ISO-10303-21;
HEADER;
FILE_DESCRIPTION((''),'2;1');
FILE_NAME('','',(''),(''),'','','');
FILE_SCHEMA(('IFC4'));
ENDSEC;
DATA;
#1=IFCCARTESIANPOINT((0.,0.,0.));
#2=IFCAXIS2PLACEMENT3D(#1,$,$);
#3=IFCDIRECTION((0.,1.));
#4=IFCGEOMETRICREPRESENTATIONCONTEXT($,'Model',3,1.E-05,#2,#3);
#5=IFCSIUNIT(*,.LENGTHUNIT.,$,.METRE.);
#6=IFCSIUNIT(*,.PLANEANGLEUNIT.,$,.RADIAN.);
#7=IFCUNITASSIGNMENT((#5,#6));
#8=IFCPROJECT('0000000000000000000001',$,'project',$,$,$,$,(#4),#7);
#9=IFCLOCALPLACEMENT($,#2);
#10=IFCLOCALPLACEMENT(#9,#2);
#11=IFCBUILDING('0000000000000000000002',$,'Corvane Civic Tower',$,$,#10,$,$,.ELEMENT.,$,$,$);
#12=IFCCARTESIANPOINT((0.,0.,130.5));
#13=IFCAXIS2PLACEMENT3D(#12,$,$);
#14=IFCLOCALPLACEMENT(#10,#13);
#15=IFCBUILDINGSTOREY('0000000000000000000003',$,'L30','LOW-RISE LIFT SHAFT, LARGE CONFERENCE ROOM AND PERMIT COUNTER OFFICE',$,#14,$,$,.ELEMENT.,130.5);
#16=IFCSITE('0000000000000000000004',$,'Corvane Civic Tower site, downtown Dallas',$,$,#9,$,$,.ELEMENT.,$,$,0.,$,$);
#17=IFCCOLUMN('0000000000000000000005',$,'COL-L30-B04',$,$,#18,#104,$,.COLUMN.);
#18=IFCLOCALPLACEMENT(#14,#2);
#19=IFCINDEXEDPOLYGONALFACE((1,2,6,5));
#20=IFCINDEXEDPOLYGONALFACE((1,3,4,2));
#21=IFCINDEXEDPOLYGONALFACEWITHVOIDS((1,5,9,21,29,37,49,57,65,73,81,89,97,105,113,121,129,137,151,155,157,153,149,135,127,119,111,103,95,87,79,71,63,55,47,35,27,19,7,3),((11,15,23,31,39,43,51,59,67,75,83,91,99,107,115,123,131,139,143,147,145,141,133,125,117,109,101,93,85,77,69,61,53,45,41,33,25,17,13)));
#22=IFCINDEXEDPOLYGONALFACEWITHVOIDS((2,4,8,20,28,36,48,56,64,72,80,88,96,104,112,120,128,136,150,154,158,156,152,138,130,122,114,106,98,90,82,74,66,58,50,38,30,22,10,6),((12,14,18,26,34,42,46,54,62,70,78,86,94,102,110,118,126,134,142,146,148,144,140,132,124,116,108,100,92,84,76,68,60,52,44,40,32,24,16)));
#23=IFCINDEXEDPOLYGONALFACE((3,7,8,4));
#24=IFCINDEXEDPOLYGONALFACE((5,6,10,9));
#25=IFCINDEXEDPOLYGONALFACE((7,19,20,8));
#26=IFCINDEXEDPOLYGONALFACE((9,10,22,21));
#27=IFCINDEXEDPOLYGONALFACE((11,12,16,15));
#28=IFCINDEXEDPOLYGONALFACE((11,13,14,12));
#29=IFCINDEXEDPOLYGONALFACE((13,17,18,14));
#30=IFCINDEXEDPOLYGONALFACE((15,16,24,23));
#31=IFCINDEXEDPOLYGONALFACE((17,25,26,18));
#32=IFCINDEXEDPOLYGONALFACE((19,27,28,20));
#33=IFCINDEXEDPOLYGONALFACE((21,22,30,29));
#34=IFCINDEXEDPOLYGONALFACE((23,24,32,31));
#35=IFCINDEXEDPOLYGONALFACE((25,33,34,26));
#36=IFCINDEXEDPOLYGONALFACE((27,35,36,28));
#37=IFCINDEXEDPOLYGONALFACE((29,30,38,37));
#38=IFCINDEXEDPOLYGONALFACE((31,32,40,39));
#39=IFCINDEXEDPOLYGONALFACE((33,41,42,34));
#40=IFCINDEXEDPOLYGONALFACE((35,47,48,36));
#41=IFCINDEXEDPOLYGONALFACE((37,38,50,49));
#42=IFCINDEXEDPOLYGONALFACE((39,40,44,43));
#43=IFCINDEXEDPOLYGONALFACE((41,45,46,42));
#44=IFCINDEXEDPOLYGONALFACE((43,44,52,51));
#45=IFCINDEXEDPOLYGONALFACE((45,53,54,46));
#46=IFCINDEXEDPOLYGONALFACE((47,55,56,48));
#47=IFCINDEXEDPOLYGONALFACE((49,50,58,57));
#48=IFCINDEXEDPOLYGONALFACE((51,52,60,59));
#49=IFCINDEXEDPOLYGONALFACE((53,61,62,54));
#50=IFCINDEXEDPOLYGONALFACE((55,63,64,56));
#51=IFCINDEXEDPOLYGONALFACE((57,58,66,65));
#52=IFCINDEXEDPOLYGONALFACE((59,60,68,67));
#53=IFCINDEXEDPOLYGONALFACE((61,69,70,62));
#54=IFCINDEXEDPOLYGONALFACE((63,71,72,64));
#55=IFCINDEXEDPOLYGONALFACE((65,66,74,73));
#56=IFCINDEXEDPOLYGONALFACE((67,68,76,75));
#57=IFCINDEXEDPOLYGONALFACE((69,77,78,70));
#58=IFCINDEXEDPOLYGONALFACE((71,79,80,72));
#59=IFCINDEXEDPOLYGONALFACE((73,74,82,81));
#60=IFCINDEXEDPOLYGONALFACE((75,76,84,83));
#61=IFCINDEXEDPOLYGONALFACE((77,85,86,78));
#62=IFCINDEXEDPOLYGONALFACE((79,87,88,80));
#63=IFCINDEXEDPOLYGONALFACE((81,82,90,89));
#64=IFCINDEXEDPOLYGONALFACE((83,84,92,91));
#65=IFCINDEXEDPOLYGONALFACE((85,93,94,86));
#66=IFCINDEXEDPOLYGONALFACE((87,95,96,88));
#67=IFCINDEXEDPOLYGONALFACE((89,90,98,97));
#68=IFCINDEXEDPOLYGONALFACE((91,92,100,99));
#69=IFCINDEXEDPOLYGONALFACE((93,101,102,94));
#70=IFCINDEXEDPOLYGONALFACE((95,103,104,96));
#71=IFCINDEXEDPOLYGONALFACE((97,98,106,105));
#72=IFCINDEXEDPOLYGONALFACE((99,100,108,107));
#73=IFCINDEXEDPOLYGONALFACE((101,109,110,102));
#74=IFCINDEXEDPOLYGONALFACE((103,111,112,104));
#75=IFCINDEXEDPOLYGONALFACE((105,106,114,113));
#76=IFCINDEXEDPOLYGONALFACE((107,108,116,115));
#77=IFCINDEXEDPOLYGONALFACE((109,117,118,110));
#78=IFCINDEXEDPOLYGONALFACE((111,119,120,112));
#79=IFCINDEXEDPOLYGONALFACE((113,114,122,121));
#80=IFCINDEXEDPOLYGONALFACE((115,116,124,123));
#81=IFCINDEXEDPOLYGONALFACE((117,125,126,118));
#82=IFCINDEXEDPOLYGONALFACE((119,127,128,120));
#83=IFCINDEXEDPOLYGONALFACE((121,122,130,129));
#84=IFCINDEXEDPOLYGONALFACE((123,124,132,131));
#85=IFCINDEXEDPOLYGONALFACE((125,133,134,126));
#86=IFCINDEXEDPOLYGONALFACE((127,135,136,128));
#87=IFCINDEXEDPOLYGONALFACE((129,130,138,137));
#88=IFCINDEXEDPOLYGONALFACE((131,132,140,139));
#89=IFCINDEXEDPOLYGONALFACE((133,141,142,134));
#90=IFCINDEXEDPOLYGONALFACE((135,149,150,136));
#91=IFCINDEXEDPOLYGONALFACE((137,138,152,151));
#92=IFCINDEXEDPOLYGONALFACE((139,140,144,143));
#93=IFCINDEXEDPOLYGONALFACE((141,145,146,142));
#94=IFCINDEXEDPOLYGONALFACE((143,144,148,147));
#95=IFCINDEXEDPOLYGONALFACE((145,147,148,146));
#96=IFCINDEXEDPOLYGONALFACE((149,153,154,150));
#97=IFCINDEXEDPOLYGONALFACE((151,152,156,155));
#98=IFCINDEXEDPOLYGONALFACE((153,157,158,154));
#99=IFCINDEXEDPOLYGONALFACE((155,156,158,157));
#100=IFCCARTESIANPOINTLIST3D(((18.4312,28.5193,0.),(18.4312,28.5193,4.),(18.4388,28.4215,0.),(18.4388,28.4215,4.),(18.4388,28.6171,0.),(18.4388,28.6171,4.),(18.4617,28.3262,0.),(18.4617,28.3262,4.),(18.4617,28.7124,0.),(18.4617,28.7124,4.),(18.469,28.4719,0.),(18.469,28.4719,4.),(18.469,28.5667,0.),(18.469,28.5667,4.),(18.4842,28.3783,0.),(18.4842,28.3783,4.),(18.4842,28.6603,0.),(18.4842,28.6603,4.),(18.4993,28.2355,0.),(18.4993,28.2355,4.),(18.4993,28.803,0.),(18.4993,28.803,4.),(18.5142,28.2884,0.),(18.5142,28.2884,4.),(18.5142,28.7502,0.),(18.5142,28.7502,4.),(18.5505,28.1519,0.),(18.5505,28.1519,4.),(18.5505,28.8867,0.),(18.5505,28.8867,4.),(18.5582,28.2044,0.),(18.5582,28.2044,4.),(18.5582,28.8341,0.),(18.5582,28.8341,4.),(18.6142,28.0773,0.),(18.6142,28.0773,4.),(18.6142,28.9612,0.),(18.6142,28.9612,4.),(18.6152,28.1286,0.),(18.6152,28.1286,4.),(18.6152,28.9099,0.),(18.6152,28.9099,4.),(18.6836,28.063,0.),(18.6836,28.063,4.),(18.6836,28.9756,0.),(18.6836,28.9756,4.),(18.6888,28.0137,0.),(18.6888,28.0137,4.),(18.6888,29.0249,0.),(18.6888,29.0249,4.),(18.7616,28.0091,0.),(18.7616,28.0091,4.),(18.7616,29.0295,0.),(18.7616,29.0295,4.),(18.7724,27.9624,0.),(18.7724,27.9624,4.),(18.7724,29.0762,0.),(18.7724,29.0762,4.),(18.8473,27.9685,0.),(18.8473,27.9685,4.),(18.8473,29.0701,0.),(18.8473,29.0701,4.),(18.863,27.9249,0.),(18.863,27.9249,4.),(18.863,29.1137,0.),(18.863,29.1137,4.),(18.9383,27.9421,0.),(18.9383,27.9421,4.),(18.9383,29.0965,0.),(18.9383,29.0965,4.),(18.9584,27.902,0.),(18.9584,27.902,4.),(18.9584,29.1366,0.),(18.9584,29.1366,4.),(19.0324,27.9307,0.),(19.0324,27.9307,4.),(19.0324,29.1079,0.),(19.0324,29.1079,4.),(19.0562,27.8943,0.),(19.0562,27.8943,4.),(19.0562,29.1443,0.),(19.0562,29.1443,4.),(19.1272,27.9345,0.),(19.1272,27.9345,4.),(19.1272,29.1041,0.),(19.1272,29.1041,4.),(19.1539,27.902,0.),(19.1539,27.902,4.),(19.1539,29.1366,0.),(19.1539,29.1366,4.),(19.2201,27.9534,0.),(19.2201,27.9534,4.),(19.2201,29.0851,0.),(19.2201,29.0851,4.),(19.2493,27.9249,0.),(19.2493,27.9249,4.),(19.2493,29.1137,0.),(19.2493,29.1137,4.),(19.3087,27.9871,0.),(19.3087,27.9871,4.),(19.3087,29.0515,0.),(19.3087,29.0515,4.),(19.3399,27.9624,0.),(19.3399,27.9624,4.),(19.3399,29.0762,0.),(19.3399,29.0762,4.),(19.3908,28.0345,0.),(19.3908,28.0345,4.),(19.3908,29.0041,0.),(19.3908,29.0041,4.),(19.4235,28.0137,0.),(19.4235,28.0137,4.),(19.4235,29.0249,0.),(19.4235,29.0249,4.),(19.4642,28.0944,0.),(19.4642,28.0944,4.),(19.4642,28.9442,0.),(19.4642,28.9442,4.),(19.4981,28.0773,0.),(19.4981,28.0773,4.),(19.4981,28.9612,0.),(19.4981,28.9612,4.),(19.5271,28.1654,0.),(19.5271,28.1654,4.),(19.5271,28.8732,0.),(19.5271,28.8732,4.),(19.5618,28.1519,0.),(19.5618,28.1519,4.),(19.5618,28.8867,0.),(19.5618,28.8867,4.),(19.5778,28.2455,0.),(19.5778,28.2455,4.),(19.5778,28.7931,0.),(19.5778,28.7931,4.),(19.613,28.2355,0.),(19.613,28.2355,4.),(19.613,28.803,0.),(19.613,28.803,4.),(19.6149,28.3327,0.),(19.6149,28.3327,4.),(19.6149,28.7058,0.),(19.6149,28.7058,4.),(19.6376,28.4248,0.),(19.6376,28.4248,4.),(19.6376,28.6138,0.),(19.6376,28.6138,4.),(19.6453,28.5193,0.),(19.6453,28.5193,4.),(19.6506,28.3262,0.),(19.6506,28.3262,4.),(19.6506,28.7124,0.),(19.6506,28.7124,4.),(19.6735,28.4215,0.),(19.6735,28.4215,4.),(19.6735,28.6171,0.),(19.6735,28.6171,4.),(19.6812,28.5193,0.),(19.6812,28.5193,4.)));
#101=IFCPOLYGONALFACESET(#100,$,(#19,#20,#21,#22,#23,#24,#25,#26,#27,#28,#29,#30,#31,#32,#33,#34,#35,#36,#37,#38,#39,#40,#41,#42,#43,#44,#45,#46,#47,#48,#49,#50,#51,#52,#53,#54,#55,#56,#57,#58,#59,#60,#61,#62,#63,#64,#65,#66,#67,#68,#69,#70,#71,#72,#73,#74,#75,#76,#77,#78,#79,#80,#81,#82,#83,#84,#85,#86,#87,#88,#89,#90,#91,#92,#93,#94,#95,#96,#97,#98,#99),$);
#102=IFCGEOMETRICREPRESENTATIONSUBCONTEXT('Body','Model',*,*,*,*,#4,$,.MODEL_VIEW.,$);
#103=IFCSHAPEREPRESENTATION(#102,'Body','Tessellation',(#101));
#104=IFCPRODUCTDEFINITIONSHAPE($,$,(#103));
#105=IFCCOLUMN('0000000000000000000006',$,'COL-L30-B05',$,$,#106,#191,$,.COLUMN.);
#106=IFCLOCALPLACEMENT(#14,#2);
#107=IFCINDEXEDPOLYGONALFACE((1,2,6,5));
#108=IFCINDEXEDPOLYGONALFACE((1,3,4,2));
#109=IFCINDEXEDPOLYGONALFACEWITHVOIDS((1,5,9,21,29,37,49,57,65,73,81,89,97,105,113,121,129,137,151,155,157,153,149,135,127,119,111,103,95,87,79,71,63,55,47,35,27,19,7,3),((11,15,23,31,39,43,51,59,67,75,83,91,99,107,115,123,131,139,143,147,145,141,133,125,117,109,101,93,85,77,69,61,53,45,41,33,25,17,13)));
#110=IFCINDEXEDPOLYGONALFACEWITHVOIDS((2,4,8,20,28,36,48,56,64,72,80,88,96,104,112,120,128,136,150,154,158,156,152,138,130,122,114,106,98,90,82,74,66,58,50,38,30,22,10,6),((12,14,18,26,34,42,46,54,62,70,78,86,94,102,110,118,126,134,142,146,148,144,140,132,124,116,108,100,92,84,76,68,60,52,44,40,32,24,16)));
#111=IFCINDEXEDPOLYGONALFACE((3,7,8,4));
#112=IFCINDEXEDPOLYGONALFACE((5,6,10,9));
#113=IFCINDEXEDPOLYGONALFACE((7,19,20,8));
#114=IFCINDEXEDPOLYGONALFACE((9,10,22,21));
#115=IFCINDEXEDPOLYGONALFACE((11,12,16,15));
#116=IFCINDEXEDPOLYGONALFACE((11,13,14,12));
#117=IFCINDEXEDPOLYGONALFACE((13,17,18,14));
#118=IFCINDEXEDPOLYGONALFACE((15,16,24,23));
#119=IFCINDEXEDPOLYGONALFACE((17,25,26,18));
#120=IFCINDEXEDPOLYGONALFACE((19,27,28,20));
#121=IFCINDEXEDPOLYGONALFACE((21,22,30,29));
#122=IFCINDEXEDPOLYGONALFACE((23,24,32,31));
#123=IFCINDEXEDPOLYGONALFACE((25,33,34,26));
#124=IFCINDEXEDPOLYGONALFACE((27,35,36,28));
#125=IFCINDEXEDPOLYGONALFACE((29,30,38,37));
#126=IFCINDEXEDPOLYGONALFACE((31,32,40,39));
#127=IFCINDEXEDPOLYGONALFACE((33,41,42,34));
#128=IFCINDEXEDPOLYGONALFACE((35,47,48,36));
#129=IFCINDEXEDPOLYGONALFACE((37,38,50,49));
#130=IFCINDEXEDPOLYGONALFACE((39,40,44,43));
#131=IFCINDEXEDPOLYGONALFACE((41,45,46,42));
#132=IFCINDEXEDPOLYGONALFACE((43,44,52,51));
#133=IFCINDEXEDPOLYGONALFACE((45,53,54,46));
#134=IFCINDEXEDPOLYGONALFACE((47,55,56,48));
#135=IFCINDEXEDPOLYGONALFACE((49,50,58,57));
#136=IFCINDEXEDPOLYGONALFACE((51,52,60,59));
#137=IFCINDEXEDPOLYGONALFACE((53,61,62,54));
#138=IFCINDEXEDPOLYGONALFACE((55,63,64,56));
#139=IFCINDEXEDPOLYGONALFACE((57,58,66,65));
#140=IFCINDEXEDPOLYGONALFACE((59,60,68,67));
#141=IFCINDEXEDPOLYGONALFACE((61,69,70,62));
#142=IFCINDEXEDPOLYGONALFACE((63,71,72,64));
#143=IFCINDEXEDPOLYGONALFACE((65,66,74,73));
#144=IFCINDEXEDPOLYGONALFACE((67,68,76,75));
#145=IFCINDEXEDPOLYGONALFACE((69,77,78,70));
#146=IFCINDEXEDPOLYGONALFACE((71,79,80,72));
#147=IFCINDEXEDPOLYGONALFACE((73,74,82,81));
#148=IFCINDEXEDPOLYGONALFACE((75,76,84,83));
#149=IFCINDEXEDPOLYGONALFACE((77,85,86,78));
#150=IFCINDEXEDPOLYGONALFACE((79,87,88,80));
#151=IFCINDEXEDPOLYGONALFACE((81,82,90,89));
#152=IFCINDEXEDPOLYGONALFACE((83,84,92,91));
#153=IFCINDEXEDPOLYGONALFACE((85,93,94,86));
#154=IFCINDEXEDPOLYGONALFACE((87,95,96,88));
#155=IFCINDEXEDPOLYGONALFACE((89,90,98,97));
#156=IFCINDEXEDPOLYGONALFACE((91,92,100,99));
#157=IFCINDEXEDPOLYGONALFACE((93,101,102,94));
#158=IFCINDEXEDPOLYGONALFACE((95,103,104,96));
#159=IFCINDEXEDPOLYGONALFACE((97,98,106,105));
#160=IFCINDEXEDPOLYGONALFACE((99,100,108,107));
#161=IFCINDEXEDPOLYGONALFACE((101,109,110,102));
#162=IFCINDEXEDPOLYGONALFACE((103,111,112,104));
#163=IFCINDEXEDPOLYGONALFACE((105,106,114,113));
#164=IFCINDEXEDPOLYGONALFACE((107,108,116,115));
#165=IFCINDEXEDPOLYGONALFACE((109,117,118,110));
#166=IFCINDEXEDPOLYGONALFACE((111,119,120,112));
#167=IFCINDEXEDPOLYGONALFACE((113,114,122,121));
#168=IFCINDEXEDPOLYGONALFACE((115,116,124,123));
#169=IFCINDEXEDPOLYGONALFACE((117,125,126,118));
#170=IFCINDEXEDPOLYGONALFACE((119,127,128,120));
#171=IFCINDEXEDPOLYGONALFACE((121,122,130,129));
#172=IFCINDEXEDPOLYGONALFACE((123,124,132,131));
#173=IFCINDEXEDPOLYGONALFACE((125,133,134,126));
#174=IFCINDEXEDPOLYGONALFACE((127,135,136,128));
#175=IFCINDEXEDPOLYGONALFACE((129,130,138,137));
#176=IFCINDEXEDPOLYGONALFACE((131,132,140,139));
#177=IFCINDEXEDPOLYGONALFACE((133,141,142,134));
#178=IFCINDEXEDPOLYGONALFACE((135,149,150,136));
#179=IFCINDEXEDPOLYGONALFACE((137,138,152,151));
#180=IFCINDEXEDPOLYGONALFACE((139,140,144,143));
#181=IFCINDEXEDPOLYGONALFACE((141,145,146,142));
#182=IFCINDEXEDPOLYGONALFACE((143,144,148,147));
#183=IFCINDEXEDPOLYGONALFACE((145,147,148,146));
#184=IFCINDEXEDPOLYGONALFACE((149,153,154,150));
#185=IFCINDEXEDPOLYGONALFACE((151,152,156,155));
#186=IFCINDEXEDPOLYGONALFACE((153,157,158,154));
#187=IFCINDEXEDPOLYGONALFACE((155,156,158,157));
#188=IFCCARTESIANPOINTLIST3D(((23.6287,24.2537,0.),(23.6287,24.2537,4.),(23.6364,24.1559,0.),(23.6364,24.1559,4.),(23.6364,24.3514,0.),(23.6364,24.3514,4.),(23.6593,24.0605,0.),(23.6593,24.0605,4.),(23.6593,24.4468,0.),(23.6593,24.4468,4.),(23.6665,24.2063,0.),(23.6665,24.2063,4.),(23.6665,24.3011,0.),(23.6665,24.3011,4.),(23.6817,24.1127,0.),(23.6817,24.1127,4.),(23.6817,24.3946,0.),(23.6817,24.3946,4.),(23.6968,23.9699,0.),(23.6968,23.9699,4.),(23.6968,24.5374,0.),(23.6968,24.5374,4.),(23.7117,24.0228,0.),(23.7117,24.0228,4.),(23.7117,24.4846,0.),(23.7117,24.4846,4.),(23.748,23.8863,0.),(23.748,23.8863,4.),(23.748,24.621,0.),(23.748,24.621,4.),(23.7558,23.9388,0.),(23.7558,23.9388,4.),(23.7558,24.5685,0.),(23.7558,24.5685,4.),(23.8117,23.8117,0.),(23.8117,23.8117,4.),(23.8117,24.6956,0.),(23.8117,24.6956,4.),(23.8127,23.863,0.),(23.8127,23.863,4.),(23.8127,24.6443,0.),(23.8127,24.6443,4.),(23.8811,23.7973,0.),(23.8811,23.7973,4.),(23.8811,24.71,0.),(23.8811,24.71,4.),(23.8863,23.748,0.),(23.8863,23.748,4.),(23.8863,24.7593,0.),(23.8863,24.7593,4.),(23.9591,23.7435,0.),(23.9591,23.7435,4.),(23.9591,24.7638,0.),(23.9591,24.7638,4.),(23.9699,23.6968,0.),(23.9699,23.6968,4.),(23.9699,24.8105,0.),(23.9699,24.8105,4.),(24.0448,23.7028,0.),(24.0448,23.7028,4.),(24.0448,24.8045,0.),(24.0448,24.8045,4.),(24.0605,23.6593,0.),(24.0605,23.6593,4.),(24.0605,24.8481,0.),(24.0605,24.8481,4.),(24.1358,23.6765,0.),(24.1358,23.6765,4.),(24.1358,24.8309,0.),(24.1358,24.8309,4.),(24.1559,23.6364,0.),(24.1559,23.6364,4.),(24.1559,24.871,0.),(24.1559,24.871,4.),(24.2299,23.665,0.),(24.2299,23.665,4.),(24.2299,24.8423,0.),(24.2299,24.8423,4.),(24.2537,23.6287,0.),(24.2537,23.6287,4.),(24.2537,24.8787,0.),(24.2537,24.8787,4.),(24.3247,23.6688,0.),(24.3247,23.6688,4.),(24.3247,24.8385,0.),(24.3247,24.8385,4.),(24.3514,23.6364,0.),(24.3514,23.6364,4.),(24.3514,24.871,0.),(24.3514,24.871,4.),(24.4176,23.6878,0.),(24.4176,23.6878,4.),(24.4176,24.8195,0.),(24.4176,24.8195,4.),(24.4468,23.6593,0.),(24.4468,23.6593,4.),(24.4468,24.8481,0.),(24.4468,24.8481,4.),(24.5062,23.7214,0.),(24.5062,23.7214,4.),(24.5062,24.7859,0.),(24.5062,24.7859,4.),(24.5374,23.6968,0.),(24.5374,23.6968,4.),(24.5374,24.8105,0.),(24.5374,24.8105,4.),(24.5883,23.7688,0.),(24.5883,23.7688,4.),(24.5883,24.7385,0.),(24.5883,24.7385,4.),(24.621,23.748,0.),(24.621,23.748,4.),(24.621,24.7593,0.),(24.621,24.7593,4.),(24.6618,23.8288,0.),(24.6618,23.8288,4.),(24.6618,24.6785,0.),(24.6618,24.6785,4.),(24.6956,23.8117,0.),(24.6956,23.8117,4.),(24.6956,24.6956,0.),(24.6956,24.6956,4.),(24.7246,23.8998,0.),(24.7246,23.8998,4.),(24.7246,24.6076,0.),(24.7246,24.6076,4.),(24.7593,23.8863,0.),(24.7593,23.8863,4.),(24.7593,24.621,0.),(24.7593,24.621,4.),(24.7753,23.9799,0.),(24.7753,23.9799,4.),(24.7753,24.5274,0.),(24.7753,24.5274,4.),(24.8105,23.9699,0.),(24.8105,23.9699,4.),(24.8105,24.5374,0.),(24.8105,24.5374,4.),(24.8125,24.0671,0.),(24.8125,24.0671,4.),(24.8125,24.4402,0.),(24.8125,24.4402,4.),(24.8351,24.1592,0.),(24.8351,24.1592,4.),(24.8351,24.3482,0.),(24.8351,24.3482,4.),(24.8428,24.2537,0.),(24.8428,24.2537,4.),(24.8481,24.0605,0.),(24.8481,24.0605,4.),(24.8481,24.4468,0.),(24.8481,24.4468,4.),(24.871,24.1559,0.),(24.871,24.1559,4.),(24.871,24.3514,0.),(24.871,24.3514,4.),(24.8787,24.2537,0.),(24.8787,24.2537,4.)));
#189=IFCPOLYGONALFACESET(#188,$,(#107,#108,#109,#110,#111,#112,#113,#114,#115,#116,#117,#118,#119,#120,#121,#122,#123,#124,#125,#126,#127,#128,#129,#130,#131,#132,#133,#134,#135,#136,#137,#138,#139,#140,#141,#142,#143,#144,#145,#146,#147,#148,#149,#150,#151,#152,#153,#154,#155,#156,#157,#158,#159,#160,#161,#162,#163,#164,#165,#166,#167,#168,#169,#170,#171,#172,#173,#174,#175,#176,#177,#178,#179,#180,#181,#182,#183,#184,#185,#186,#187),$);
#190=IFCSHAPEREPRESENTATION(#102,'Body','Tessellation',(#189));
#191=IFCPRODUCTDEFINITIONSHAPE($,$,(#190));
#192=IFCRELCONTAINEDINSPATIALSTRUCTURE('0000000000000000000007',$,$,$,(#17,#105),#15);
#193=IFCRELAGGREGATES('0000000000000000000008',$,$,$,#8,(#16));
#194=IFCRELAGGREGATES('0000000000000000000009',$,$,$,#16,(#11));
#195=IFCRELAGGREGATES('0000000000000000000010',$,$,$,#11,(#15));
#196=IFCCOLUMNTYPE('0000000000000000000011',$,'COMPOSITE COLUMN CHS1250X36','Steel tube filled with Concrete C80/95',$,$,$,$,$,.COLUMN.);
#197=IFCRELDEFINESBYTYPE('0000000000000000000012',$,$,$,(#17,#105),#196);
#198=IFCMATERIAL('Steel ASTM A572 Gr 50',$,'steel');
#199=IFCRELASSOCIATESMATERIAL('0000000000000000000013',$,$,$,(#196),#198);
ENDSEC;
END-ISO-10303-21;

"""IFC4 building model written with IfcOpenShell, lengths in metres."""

from ifc_helpers import new_model, si_unit, direction, frame, origin, origin_2d, place, context, subcontext, project, spatial, hollow_circle, extrude, material, material_profile, profile_set, type_object, element, save


model = new_model("IFC4")

# Units and contexts
model_context = context("Model", 3, precision=1e-05, world=origin(), true_north=direction((0.0, 1.0)))
body_context = subcontext(model_context, "Body", "Model", "MODEL_VIEW")
ifc_project = project(units=[si_unit("LENGTHUNIT", "METRE"), si_unit("PLANEANGLEUNIT", "RADIAN")], contexts=[model_context])

# Site, building, storey
site_placement = place(None, origin())
site = spatial("IfcSite", under=ifc_project, at=site_placement, Name="Corvane Civic Tower site, downtown Dallas", CompositionType="ELEMENT", RefElevation=0.0)
building_placement = place(site_placement, origin())
building = spatial("IfcBuilding", under=site, at=building_placement, Name="Corvane Civic Tower", CompositionType="ELEMENT")
storey_placement = place(building_placement, frame((0.0, 0.0, 130.5)))
storey = spatial("IfcBuildingStorey", under=building, at=storey_placement, Name="L30", Description="LOW-RISE LIFT SHAFT, LARGE CONFERENCE ROOM AND PERMIT COUNTER OFFICE", CompositionType="ELEMENT", Elevation=130.5)

# Columns
ifc_material_1 = material(Name="Steel ASTM A572 Gr 50", Category="steel")
ifc_material_profile_1 = material_profile(ifc_material_1, hollow_circle(Radius=0.625, WallThickness=0.0359, at=origin_2d()), Name="CHS1250X36")
ifc_profile_set_1 = profile_set([ifc_material_profile_1], Name="Steel ASTM A572 Gr 50")
column_type = type_object("IfcColumnType", Name="COMPOSITE COLUMN CHS1250X36", Description="Steel tube filled with Concrete C80/95", PredefinedType="COLUMN", material=ifc_profile_set_1)
for number, where, z_axis, x_axis, name in (
    (1, (19.0562, 28.5193, 0.0), (0.0, 0.0, 1.0), (1.0, 0.0, 0.0), "COL-L30-B04"),
    (2, (24.2537, 24.2537, 0.0), (0.0, 0.0, 1.0), (1.0, 0.0, 0.0), "COL-L30-B05"),
):
    element("IfcColumn", number, at=place(storey_placement, frame(where, z_axis=z_axis, x_axis=x_axis)), inside=storey, type_object=column_type, Name=name, PredefinedType="COLUMN", context=body_context, shape_type="SweptSolid", body=[
        extrude(hollow_circle(Radius=0.625, WallThickness=0.0359, at=origin_2d()), origin(), (0.0, 0.0, 1.0), 4.0),
    ])

save(model, "model.ifc")
